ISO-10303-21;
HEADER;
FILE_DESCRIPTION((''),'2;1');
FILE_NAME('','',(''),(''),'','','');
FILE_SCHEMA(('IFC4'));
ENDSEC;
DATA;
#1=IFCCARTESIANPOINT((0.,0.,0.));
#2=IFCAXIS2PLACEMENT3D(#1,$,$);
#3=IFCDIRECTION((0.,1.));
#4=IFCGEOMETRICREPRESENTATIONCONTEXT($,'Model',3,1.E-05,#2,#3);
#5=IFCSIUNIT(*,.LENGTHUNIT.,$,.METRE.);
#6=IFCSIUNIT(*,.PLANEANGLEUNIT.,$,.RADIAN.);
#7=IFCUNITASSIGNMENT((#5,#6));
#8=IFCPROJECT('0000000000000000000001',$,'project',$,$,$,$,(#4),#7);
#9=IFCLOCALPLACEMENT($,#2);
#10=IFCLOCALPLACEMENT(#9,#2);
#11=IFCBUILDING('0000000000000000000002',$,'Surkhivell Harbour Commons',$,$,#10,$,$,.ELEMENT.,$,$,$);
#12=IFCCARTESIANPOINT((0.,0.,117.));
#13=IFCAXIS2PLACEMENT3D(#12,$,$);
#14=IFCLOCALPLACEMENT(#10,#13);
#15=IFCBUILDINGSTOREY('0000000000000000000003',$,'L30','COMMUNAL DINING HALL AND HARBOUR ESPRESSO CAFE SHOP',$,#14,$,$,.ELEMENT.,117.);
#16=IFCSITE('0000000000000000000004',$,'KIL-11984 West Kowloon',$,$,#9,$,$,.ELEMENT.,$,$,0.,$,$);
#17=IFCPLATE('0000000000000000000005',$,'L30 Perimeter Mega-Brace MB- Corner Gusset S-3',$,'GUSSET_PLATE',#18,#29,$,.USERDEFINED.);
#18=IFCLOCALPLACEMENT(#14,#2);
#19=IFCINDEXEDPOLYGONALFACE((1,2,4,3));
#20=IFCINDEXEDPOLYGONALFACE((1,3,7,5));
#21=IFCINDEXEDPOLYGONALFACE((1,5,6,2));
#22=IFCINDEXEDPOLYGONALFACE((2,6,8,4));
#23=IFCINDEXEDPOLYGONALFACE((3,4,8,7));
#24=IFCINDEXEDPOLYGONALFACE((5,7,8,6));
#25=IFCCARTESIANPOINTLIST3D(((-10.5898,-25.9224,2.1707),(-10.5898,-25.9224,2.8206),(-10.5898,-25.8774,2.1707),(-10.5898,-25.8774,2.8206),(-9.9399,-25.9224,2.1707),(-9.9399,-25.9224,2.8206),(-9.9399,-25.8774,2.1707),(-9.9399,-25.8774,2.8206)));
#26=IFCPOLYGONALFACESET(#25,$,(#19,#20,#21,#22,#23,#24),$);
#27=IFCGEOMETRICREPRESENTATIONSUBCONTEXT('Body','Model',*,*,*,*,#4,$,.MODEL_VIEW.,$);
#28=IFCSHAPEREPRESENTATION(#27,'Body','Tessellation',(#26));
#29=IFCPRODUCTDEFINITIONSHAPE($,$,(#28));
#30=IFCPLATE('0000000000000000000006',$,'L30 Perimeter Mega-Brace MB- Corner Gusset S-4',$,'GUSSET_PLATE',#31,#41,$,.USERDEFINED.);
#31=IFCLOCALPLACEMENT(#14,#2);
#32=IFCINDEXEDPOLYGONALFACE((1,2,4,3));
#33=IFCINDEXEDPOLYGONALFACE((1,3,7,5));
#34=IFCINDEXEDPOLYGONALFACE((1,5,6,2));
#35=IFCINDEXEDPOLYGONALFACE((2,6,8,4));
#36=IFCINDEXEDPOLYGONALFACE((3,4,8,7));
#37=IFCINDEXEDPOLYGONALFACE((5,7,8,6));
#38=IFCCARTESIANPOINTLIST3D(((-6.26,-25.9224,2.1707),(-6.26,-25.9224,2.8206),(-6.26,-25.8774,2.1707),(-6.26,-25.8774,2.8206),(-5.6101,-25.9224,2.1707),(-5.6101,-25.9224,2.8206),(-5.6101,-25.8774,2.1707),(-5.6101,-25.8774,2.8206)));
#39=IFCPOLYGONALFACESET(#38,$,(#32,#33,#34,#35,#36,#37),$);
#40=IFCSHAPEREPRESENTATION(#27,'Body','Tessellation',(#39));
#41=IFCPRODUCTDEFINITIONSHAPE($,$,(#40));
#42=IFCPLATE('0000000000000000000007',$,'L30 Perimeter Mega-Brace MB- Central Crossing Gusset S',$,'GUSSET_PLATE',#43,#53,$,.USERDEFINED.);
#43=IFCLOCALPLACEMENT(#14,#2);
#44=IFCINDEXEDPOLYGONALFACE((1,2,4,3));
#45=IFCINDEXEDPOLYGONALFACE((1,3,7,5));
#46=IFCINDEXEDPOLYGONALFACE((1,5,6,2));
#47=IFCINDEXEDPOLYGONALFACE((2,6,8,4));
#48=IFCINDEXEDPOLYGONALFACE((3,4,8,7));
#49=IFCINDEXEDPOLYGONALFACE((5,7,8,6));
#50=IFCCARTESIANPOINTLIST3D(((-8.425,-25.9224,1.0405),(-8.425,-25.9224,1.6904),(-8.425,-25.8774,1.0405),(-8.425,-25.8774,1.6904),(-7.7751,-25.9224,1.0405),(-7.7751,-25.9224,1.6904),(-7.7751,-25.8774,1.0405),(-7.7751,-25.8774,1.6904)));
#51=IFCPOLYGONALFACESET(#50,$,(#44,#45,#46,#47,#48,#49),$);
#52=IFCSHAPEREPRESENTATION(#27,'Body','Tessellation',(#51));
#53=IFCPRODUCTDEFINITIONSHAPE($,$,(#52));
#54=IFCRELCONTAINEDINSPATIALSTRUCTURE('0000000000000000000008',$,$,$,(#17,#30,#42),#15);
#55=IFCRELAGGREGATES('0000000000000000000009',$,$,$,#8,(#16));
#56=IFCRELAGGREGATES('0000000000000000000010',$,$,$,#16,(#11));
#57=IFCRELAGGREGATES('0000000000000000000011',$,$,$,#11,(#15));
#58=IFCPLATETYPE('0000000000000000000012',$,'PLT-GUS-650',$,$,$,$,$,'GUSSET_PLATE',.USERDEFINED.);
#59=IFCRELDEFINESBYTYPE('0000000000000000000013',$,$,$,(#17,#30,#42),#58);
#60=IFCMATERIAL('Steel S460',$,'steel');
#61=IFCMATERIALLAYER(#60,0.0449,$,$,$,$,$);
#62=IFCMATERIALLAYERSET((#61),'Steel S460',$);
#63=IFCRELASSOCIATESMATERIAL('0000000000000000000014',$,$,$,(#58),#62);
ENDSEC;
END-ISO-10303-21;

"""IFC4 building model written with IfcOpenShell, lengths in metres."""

from ifc_helpers import new_model, si_unit, direction, frame, origin, origin_2d, place, context, subcontext, project, spatial, rectangle, extrude, material, layer, layer_set, type_object, element, save


model = new_model("IFC4")

# Units and contexts
model_context = context("Model", 3, precision=1e-05, world=origin(), true_north=direction((0.0, 1.0)))
body_context = subcontext(model_context, "Body", "Model", "MODEL_VIEW")
ifc_project = project(units=[si_unit("LENGTHUNIT", "METRE"), si_unit("PLANEANGLEUNIT", "RADIAN")], contexts=[model_context])

# Site, building, storey
site_placement = place(None, origin())
site = spatial("IfcSite", under=ifc_project, at=site_placement, Name="KIL-11984 West Kowloon", CompositionType="ELEMENT", RefElevation=0.0)
building_placement = place(site_placement, origin())
building = spatial("IfcBuilding", under=site, at=building_placement, Name="Surkhivell Harbour Commons", CompositionType="ELEMENT")
storey_placement = place(building_placement, frame((0.0, 0.0, 117.0)))
storey = spatial("IfcBuildingStorey", under=building, at=storey_placement, Name="L30", Description="COMMUNAL DINING HALL AND HARBOUR ESPRESSO CAFE SHOP", CompositionType="ELEMENT", Elevation=117.0)

# Shared definitions
ifc_material_1 = material(Name="Steel S460", Category="steel")

# Plates
ifc_layer_1 = layer(ifc_material_1, 0.0449)
ifc_layer_set_1 = layer_set([ifc_layer_1], Name="Steel S460")
plate_type_1 = type_object("IfcPlateType", Name="PLT-GUS-650", ElementType="GUSSET_PLATE", PredefinedType="USERDEFINED", material=ifc_layer_set_1)
for number, where, z_axis, x_axis, name in (
    (1, (-10.2649, -25.8999, 2.1707), (0.0, 0.0, 1.0), (1.0, 0.0, 0.0), "L30 Perimeter Mega-Brace MB- Corner Gusset S-3"),
    (2, (-5.9351, -25.8999, 2.1707), (0.0, 0.0, 1.0), (1.0, 0.0, 0.0), "L30 Perimeter Mega-Brace MB- Corner Gusset S-4"),
    (3, (-8.1001, -25.8999, 1.0405), (0.0, 0.0, 1.0), (1.0, 0.0, 0.0), "L30 Perimeter Mega-Brace MB- Central Crossing Gusset S"),
):
    element("IfcPlate", number, at=place(storey_placement, frame(where, z_axis=z_axis, x_axis=x_axis)), inside=storey, type_object=plate_type_1, Name=name, ObjectType="GUSSET_PLATE", PredefinedType="USERDEFINED", context=body_context, shape_type="SweptSolid", body=[
        extrude(rectangle(XDim=0.6499, YDim=0.0449, at=origin_2d()), origin(), (0.0, 0.0, 1.0), 0.6499),
    ])

save(model, "model.ifc")
